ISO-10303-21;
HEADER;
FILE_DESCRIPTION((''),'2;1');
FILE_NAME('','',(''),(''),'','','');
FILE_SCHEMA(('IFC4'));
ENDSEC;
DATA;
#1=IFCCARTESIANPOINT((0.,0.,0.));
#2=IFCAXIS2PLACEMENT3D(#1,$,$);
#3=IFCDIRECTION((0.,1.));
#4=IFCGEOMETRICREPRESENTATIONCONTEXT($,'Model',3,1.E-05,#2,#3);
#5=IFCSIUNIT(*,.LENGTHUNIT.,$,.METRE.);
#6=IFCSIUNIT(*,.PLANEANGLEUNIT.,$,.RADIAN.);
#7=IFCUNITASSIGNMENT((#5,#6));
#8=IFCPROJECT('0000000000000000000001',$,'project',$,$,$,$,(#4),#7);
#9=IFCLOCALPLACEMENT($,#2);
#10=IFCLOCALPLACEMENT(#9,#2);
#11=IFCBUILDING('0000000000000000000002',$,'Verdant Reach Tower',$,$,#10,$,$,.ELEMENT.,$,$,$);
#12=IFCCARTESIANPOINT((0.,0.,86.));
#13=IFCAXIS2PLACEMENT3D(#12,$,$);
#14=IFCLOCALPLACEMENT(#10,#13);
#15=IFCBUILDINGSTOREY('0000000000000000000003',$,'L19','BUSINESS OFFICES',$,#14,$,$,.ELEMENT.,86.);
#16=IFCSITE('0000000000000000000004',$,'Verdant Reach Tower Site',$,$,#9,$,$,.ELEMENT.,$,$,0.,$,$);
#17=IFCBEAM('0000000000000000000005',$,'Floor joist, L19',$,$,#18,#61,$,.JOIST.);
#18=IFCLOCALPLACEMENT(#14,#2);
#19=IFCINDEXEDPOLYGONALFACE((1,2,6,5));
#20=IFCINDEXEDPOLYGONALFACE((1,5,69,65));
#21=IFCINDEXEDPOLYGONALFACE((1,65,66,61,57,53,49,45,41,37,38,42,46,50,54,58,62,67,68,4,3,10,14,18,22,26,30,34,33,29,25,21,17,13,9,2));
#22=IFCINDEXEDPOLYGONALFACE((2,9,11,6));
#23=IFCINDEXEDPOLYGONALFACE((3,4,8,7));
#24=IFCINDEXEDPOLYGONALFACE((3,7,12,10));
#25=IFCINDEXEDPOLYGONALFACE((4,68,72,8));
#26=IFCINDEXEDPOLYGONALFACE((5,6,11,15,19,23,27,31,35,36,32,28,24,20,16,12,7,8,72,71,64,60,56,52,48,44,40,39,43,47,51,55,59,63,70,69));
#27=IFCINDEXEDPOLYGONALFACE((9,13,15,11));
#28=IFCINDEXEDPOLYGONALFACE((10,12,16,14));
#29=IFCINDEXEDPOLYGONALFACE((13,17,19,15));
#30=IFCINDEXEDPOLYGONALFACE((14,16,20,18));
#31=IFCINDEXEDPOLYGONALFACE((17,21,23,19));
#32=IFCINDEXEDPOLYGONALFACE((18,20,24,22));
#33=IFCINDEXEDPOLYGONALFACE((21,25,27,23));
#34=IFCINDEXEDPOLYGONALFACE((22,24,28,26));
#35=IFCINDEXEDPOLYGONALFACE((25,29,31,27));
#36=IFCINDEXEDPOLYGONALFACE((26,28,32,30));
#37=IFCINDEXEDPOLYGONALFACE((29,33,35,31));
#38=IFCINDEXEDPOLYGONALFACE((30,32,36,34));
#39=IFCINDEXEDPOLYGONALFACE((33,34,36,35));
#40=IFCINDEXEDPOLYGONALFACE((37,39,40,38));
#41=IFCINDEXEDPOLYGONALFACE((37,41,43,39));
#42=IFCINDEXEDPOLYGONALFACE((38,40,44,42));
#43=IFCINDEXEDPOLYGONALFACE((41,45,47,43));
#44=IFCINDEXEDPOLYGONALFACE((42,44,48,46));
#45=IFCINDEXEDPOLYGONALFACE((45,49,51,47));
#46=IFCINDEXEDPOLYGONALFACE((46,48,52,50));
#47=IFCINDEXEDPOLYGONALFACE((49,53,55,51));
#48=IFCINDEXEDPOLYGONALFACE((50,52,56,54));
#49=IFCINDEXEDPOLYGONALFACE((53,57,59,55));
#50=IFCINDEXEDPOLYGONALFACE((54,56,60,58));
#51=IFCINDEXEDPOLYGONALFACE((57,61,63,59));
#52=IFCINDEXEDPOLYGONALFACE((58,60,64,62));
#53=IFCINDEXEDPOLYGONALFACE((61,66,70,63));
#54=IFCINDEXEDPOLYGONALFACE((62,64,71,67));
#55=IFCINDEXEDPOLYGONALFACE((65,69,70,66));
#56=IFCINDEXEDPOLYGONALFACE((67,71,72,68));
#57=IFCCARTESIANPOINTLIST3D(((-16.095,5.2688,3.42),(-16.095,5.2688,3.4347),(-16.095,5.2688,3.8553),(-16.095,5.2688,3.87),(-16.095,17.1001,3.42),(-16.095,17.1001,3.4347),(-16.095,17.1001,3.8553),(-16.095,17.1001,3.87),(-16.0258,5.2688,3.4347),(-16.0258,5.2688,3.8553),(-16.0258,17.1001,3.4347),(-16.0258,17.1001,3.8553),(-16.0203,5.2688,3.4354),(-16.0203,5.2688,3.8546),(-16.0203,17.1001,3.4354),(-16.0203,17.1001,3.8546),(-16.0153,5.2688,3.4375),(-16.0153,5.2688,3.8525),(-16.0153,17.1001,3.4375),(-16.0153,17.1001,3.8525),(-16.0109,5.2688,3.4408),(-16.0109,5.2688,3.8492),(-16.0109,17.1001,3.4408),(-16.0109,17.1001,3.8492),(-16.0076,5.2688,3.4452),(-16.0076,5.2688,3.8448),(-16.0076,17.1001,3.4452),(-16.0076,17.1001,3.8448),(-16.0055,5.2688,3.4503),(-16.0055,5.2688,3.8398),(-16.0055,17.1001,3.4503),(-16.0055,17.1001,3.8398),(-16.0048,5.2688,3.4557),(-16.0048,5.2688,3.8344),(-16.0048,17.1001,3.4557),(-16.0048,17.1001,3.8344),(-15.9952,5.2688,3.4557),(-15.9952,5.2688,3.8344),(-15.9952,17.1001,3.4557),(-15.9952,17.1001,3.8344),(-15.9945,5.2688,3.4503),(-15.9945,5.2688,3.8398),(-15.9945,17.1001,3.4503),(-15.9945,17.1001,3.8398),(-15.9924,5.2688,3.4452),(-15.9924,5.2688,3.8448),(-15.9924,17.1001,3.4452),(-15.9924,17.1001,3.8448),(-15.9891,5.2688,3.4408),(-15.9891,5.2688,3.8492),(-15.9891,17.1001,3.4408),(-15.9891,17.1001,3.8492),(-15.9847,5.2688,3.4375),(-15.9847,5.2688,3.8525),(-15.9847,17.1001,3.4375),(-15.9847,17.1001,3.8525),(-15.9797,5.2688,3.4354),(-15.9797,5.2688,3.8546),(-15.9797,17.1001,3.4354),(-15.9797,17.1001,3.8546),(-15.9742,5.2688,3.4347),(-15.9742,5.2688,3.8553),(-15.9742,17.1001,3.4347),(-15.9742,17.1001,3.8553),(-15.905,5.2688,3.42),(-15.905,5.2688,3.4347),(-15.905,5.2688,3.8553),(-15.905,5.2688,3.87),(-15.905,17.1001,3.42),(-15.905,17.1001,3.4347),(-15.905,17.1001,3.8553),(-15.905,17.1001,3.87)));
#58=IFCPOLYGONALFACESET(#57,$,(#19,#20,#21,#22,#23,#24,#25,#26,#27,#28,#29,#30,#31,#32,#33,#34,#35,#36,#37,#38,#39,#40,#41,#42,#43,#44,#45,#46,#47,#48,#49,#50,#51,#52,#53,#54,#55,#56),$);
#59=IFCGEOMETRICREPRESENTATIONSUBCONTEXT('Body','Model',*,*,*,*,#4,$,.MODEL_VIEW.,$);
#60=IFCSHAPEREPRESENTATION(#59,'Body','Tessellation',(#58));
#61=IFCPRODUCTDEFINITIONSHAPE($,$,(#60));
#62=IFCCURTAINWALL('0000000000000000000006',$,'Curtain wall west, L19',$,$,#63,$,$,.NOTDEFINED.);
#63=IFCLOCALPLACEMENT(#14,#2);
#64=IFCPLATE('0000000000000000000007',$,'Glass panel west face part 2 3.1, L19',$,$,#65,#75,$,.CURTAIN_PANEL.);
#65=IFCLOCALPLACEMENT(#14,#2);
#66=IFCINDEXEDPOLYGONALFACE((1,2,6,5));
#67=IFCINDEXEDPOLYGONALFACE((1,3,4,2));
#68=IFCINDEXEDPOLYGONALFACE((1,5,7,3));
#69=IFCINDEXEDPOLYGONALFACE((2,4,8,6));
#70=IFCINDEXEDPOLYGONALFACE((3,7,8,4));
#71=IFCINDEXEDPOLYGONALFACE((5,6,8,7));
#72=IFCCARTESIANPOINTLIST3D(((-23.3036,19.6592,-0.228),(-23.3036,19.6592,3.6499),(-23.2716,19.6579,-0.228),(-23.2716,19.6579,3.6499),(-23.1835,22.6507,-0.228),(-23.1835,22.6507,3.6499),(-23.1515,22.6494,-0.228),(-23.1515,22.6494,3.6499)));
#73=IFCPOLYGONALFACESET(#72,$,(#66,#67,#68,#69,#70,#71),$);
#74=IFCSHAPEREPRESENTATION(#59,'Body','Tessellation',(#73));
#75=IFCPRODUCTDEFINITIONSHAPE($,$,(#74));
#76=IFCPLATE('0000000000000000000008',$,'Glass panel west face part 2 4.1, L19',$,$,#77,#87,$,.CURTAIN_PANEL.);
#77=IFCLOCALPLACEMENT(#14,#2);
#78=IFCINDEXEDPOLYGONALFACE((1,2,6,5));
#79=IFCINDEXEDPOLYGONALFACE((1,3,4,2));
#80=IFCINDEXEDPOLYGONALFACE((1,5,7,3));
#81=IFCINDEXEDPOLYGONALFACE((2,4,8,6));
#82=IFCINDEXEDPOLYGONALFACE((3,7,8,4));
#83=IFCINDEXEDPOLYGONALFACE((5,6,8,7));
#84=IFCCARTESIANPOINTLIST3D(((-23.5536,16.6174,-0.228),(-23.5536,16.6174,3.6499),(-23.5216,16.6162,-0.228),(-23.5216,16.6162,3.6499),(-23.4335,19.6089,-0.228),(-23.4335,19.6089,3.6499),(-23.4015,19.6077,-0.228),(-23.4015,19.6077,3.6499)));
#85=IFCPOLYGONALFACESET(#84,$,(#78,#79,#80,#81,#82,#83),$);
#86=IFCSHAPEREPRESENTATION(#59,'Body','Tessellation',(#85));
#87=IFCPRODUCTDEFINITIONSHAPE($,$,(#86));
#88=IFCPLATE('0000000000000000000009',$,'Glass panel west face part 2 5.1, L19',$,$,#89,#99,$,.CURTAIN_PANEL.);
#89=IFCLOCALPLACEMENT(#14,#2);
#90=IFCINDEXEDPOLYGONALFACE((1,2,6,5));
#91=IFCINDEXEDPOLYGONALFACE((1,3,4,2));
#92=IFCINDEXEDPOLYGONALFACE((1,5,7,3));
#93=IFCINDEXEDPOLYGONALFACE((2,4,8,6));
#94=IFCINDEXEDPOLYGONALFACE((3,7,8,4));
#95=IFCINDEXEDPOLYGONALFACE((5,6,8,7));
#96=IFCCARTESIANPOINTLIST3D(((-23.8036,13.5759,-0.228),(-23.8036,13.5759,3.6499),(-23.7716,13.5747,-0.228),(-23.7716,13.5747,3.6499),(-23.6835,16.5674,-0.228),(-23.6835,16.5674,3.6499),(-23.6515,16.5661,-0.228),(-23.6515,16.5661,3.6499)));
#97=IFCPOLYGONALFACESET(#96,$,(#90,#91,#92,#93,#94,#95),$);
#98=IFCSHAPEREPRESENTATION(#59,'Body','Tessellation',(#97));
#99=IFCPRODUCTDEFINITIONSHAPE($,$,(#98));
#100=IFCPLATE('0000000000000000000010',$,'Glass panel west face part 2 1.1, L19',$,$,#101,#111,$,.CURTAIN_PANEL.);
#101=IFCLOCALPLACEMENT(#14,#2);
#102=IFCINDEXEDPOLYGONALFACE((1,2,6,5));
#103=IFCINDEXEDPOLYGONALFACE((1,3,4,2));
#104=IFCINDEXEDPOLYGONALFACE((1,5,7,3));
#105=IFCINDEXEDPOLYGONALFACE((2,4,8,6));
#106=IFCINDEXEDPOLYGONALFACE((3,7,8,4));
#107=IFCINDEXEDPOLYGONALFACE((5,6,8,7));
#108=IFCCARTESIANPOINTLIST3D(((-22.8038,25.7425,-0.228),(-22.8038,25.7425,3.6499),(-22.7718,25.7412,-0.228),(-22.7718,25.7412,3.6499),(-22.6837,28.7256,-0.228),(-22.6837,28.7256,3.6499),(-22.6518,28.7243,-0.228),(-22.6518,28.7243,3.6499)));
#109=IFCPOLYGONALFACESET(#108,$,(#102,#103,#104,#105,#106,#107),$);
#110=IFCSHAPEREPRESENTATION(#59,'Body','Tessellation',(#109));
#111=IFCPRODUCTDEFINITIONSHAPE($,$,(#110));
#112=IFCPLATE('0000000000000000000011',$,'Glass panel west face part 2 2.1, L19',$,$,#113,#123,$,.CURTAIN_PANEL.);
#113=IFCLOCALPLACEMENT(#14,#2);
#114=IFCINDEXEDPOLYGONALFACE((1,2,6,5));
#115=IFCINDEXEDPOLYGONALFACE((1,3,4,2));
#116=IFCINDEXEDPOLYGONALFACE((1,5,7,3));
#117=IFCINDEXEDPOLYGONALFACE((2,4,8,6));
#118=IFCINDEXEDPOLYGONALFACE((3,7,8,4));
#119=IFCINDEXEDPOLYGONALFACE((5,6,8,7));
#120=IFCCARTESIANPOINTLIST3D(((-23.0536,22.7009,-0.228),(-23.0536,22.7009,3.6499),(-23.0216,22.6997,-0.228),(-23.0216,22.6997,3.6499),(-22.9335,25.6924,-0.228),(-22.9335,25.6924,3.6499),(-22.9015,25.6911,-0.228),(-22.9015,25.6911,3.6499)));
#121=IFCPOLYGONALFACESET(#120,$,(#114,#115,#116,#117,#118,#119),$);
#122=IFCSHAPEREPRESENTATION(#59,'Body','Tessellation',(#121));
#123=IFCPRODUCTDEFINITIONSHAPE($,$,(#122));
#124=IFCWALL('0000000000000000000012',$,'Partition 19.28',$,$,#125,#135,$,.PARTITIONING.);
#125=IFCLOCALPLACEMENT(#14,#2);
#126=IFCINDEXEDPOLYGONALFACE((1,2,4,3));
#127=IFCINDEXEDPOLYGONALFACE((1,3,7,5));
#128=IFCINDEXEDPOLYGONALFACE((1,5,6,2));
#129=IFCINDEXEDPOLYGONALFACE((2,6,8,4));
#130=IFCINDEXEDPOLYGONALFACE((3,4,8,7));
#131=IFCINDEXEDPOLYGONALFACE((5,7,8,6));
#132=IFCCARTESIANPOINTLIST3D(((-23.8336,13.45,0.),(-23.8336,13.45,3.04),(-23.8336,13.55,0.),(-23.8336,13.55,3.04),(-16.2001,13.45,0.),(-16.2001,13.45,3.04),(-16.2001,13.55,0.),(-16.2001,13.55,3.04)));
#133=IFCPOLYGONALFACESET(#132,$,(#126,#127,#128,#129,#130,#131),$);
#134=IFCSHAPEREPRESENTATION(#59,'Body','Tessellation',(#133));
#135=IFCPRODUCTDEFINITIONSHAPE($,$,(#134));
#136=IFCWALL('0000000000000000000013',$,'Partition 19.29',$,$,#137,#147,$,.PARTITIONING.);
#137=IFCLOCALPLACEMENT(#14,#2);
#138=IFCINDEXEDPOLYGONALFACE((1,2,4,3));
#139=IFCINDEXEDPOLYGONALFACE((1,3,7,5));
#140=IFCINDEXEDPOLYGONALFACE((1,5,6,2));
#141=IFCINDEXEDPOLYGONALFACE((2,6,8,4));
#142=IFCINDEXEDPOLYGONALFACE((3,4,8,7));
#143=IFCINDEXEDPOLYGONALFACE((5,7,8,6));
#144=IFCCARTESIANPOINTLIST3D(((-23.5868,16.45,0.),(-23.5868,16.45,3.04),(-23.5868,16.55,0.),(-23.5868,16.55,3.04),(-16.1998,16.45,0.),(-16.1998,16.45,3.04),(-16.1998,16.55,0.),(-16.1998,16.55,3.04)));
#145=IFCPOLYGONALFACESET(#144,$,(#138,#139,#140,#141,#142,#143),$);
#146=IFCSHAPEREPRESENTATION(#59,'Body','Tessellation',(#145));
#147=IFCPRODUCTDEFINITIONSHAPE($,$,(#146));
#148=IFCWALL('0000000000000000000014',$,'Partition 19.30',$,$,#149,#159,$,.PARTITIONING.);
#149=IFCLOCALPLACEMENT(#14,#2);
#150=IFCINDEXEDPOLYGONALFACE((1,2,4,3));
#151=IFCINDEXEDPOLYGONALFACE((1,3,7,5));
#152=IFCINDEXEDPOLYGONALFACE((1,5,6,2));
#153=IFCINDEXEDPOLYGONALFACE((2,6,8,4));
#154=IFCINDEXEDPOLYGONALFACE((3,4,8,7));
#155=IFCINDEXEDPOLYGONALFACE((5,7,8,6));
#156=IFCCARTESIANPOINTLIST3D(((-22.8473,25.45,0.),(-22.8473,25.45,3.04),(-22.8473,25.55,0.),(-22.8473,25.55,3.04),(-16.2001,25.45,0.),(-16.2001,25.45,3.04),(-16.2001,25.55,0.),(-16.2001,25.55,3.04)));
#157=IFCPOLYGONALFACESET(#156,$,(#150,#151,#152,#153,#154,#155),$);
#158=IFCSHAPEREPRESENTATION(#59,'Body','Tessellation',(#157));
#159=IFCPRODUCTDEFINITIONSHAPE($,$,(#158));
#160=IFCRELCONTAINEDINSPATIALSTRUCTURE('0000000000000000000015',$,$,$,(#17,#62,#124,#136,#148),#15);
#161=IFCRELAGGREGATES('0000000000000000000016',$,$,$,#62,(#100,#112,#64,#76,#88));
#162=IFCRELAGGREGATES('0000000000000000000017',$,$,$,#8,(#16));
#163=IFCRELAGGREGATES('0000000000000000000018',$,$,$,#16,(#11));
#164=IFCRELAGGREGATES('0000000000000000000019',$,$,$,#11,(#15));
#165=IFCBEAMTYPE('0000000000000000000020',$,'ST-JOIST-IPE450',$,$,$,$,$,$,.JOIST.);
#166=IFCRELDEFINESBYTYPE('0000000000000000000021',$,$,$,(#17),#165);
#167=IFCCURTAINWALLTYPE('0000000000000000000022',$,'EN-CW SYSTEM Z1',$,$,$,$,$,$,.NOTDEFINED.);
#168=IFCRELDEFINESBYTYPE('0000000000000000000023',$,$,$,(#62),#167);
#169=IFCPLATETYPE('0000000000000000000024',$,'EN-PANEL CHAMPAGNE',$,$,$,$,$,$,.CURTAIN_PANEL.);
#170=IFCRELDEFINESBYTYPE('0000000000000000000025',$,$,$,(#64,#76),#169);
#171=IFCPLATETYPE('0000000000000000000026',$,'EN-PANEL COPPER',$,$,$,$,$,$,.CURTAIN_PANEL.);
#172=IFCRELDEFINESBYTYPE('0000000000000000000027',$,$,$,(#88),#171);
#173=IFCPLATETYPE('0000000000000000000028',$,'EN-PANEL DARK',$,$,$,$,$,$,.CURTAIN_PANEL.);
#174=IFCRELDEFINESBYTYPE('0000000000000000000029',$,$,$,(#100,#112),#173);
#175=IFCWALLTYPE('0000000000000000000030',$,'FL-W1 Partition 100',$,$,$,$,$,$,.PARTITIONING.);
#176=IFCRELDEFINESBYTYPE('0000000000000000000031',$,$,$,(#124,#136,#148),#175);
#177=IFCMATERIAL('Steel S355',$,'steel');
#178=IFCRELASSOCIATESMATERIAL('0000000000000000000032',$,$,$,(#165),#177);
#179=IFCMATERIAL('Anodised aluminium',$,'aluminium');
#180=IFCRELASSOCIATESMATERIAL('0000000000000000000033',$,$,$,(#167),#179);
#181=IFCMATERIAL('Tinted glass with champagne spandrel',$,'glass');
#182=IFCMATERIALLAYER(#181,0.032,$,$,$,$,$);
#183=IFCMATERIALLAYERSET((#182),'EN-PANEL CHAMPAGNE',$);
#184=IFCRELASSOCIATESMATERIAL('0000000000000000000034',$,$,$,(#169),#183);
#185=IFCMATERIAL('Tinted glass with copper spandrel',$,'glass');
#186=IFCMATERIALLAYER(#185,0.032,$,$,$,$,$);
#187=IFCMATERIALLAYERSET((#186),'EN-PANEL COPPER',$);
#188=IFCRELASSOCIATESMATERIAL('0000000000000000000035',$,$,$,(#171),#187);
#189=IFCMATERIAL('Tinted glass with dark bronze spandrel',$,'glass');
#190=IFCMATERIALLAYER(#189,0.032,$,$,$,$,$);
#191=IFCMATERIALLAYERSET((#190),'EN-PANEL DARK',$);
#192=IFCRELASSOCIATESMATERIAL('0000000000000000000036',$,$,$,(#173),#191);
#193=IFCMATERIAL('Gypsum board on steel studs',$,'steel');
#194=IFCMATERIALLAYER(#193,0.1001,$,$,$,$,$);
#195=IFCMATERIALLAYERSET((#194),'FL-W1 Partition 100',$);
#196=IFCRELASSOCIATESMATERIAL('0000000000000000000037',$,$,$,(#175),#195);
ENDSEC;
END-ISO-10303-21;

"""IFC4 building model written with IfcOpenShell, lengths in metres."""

from ifc_helpers import new_model, si_unit, direction, frame, frame_2d, origin, origin_2d, place, context, subcontext, project, spatial, rectangle, i_section, extrude, material, layer, layer_set, material_profile, profile_set, type_object, element, aggregate, save


model = new_model("IFC4")

# Units and contexts
model_context = context("Model", 3, precision=1e-05, world=origin(), true_north=direction((0.0, 1.0)))
body_context = subcontext(model_context, "Body", "Model", "MODEL_VIEW")
ifc_project = project(units=[si_unit("LENGTHUNIT", "METRE"), si_unit("PLANEANGLEUNIT", "RADIAN")], contexts=[model_context])

# Site, building, storey
site_placement = place(None, origin())
site = spatial("IfcSite", under=ifc_project, at=site_placement, Name="Verdant Reach Tower Site", CompositionType="ELEMENT", RefElevation=0.0)
building_placement = place(site_placement, origin())
building = spatial("IfcBuilding", under=site, at=building_placement, Name="Verdant Reach Tower", CompositionType="ELEMENT")
storey_placement = place(building_placement, frame((0.0, 0.0, 86.0)))
storey = spatial("IfcBuildingStorey", under=building, at=storey_placement, Name="L19", Description="BUSINESS OFFICES", CompositionType="ELEMENT", Elevation=86.0)

# Beam
ifc_material_1 = material(Name="Steel S355", Category="steel")
ifc_material_profile_1 = material_profile(ifc_material_1, i_section(OverallWidth=0.1899, OverallDepth=0.45, WebThickness=0.0095, FlangeThickness=0.0146, FilletRadius=0.021, at=origin_2d()), Name="IPE 450")
ifc_profile_set_1 = profile_set([ifc_material_profile_1], Name="Steel S355")
beam_type_1 = type_object("IfcBeamType", Name="ST-JOIST-IPE450", PredefinedType="JOIST", material=ifc_profile_set_1)
beam_1_placement = place(storey_placement, frame((-16.0, 17.1001, 3.645), z_axis=(0.0, -1.0, 0.0), x_axis=(1.0, 0.0, 0.0)))
element("IfcBeam", 1, at=beam_1_placement, inside=storey, type_object=beam_type_1, Name="Floor joist, L19", PredefinedType="JOIST", context=body_context, shape_type="SweptSolid", body=[
    extrude(i_section(OverallWidth=0.1899, OverallDepth=0.45, WebThickness=0.0095, FlangeThickness=0.0146, FilletRadius=0.021, at=origin_2d()), origin(), (0.0, 0.0, 1.0), 11.8313),
])

# Curtain wall, plates
ifc_material_2 = material(Name="Anodised aluminium", Category="aluminium")
curtain_wall_type = type_object("IfcCurtainWallType", Name="EN-CW SYSTEM Z1", PredefinedType="NOTDEFINED", material=ifc_material_2)
curtain_wall_placement = place(storey_placement, origin())
curtain_wall = element("IfcCurtainWall", 2, at=curtain_wall_placement, inside=storey, type_object=curtain_wall_type, Name="Curtain wall west, L19", PredefinedType="NOTDEFINED")
ifc_material_3 = material(Name="Tinted glass with champagne spandrel", Category="glass")
ifc_layer_1 = layer(ifc_material_3, 0.032)
ifc_layer_set_1 = layer_set([ifc_layer_1], Name="EN-PANEL CHAMPAGNE")
plate_type_1 = type_object("IfcPlateType", Name="EN-PANEL CHAMPAGNE", PredefinedType="CURTAIN_PANEL", material=ifc_layer_set_1)
plate_1_placement = place(storey_placement, frame((-23.2275, 21.1543, -0.228), z_axis=(0.0, 0.0, 1.0), x_axis=(-0.040109, -0.999195, 0.0)))
plate_1 = element("IfcPlate", 3, at=plate_1_placement, type_object=plate_type_1, Name="Glass panel west face part 2 3.1, L19", PredefinedType="CURTAIN_PANEL", context=body_context, shape_type="SweptSolid", body=[
    extrude(rectangle(XDim=2.9939, YDim=0.032, at=origin_2d()), origin(), (0.0, 0.0, 1.0), 3.8779),
])
plate_2_placement = place(storey_placement, frame((-23.4775, 18.1125, -0.228), z_axis=(0.0, 0.0, 1.0), x_axis=(-0.040109, -0.999195, 0.0)))
plate_2 = element("IfcPlate", 4, at=plate_2_placement, type_object=plate_type_1, Name="Glass panel west face part 2 4.1, L19", PredefinedType="CURTAIN_PANEL", context=body_context, shape_type="SweptSolid", body=[
    extrude(rectangle(XDim=2.9939, YDim=0.032, at=origin_2d()), origin(), (0.0, 0.0, 1.0), 3.8779),
])
ifc_material_4 = material(Name="Tinted glass with copper spandrel", Category="glass")
ifc_layer_2 = layer(ifc_material_4, 0.032)
ifc_layer_set_2 = layer_set([ifc_layer_2], Name="EN-PANEL COPPER")
plate_type_2 = type_object("IfcPlateType", Name="EN-PANEL COPPER", PredefinedType="CURTAIN_PANEL", material=ifc_layer_set_2)
plate_3_placement = place(storey_placement, frame((-23.7275, 15.071, -0.228), z_axis=(0.0, 0.0, 1.0), x_axis=(-0.040109, -0.999195, 0.0)))
plate_3 = element("IfcPlate", 5, at=plate_3_placement, type_object=plate_type_2, Name="Glass panel west face part 2 5.1, L19", PredefinedType="CURTAIN_PANEL", context=body_context, shape_type="SweptSolid", body=[
    extrude(rectangle(XDim=2.9939, YDim=0.032, at=origin_2d()), origin(), (0.0, 0.0, 1.0), 3.8779),
])
ifc_material_5 = material(Name="Tinted glass with dark bronze spandrel", Category="glass")
ifc_layer_3 = layer(ifc_material_5, 0.032)
ifc_layer_set_3 = layer_set([ifc_layer_3], Name="EN-PANEL DARK")
plate_type_3 = type_object("IfcPlateType", Name="EN-PANEL DARK", PredefinedType="CURTAIN_PANEL", material=ifc_layer_set_3)
plate_4_placement = place(storey_placement, frame((-22.7278, 27.2334, -0.228), z_axis=(0.0, 0.0, 1.0), x_axis=(-0.040222, -0.999191, 0.0)))
plate_4 = element("IfcPlate", 6, at=plate_4_placement, type_object=plate_type_3, Name="Glass panel west face part 2 1.1, L19", PredefinedType="CURTAIN_PANEL", context=body_context, shape_type="SweptSolid", body=[
    extrude(rectangle(XDim=2.9856, YDim=0.032, at=origin_2d()), origin(), (0.0, 0.0, 1.0), 3.8779),
])
plate_5_placement = place(storey_placement, frame((-22.9775, 24.196, -0.228), z_axis=(0.0, 0.0, 1.0), x_axis=(-0.040109, -0.999195, 0.0)))
plate_5 = element("IfcPlate", 7, at=plate_5_placement, type_object=plate_type_3, Name="Glass panel west face part 2 2.1, L19", PredefinedType="CURTAIN_PANEL", context=body_context, shape_type="SweptSolid", body=[
    extrude(rectangle(XDim=2.9939, YDim=0.032, at=origin_2d()), origin(), (0.0, 0.0, 1.0), 3.8779),
])
aggregate(curtain_wall, [plate_4, plate_5, plate_1, plate_2, plate_3])

# Walls
ifc_material_6 = material(Name="Gypsum board on steel studs", Category="steel")
ifc_layer_4 = layer(ifc_material_6, 0.1001)
ifc_layer_set_4 = layer_set([ifc_layer_4], Name="FL-W1 Partition 100")
wall_type_1 = type_object("IfcWallType", Name="FL-W1 Partition 100", PredefinedType="PARTITIONING", material=ifc_layer_set_4)
wall_1_placement = place(storey_placement, frame((-16.2, 13.5, 0.0), z_axis=(0.0, 0.0, 1.0), x_axis=(-1.0, 0.0, 0.0)))
element("IfcWall", 8, at=wall_1_placement, inside=storey, type_object=wall_type_1, Name="Partition 19.28", PredefinedType="PARTITIONING", context=body_context, shape_type="SweptSolid", body=[
    extrude(rectangle(XDim=7.6335, YDim=0.1001, at=frame_2d((3.8169, 0.0))), origin(), (0.0, 0.0, 1.0), 3.04),
])
wall_2_placement = place(storey_placement, frame((-16.2, 16.5, 0.0), z_axis=(0.0, 0.0, 1.0), x_axis=(-1.0, 0.0, 0.0)))
element("IfcWall", 9, at=wall_2_placement, inside=storey, type_object=wall_type_1, Name="Partition 19.29", PredefinedType="PARTITIONING", context=body_context, shape_type="SweptSolid", body=[
    extrude(rectangle(XDim=7.387, YDim=0.1001, at=frame_2d((3.6934, 0.0))), origin(), (0.0, 0.0, 1.0), 3.04),
])
wall_3_placement = place(storey_placement, frame((-16.2, 25.5, 0.0), z_axis=(0.0, 0.0, 1.0), x_axis=(-1.0, 0.0, 0.0)))
element("IfcWall", 10, at=wall_3_placement, inside=storey, type_object=wall_type_1, Name="Partition 19.30", PredefinedType="PARTITIONING", context=body_context, shape_type="SweptSolid", body=[
    extrude(rectangle(XDim=6.6472, YDim=0.1001, at=frame_2d((3.3237, 0.0))), origin(), (0.0, 0.0, 1.0), 3.04),
])

save(model, "model.ifc")
